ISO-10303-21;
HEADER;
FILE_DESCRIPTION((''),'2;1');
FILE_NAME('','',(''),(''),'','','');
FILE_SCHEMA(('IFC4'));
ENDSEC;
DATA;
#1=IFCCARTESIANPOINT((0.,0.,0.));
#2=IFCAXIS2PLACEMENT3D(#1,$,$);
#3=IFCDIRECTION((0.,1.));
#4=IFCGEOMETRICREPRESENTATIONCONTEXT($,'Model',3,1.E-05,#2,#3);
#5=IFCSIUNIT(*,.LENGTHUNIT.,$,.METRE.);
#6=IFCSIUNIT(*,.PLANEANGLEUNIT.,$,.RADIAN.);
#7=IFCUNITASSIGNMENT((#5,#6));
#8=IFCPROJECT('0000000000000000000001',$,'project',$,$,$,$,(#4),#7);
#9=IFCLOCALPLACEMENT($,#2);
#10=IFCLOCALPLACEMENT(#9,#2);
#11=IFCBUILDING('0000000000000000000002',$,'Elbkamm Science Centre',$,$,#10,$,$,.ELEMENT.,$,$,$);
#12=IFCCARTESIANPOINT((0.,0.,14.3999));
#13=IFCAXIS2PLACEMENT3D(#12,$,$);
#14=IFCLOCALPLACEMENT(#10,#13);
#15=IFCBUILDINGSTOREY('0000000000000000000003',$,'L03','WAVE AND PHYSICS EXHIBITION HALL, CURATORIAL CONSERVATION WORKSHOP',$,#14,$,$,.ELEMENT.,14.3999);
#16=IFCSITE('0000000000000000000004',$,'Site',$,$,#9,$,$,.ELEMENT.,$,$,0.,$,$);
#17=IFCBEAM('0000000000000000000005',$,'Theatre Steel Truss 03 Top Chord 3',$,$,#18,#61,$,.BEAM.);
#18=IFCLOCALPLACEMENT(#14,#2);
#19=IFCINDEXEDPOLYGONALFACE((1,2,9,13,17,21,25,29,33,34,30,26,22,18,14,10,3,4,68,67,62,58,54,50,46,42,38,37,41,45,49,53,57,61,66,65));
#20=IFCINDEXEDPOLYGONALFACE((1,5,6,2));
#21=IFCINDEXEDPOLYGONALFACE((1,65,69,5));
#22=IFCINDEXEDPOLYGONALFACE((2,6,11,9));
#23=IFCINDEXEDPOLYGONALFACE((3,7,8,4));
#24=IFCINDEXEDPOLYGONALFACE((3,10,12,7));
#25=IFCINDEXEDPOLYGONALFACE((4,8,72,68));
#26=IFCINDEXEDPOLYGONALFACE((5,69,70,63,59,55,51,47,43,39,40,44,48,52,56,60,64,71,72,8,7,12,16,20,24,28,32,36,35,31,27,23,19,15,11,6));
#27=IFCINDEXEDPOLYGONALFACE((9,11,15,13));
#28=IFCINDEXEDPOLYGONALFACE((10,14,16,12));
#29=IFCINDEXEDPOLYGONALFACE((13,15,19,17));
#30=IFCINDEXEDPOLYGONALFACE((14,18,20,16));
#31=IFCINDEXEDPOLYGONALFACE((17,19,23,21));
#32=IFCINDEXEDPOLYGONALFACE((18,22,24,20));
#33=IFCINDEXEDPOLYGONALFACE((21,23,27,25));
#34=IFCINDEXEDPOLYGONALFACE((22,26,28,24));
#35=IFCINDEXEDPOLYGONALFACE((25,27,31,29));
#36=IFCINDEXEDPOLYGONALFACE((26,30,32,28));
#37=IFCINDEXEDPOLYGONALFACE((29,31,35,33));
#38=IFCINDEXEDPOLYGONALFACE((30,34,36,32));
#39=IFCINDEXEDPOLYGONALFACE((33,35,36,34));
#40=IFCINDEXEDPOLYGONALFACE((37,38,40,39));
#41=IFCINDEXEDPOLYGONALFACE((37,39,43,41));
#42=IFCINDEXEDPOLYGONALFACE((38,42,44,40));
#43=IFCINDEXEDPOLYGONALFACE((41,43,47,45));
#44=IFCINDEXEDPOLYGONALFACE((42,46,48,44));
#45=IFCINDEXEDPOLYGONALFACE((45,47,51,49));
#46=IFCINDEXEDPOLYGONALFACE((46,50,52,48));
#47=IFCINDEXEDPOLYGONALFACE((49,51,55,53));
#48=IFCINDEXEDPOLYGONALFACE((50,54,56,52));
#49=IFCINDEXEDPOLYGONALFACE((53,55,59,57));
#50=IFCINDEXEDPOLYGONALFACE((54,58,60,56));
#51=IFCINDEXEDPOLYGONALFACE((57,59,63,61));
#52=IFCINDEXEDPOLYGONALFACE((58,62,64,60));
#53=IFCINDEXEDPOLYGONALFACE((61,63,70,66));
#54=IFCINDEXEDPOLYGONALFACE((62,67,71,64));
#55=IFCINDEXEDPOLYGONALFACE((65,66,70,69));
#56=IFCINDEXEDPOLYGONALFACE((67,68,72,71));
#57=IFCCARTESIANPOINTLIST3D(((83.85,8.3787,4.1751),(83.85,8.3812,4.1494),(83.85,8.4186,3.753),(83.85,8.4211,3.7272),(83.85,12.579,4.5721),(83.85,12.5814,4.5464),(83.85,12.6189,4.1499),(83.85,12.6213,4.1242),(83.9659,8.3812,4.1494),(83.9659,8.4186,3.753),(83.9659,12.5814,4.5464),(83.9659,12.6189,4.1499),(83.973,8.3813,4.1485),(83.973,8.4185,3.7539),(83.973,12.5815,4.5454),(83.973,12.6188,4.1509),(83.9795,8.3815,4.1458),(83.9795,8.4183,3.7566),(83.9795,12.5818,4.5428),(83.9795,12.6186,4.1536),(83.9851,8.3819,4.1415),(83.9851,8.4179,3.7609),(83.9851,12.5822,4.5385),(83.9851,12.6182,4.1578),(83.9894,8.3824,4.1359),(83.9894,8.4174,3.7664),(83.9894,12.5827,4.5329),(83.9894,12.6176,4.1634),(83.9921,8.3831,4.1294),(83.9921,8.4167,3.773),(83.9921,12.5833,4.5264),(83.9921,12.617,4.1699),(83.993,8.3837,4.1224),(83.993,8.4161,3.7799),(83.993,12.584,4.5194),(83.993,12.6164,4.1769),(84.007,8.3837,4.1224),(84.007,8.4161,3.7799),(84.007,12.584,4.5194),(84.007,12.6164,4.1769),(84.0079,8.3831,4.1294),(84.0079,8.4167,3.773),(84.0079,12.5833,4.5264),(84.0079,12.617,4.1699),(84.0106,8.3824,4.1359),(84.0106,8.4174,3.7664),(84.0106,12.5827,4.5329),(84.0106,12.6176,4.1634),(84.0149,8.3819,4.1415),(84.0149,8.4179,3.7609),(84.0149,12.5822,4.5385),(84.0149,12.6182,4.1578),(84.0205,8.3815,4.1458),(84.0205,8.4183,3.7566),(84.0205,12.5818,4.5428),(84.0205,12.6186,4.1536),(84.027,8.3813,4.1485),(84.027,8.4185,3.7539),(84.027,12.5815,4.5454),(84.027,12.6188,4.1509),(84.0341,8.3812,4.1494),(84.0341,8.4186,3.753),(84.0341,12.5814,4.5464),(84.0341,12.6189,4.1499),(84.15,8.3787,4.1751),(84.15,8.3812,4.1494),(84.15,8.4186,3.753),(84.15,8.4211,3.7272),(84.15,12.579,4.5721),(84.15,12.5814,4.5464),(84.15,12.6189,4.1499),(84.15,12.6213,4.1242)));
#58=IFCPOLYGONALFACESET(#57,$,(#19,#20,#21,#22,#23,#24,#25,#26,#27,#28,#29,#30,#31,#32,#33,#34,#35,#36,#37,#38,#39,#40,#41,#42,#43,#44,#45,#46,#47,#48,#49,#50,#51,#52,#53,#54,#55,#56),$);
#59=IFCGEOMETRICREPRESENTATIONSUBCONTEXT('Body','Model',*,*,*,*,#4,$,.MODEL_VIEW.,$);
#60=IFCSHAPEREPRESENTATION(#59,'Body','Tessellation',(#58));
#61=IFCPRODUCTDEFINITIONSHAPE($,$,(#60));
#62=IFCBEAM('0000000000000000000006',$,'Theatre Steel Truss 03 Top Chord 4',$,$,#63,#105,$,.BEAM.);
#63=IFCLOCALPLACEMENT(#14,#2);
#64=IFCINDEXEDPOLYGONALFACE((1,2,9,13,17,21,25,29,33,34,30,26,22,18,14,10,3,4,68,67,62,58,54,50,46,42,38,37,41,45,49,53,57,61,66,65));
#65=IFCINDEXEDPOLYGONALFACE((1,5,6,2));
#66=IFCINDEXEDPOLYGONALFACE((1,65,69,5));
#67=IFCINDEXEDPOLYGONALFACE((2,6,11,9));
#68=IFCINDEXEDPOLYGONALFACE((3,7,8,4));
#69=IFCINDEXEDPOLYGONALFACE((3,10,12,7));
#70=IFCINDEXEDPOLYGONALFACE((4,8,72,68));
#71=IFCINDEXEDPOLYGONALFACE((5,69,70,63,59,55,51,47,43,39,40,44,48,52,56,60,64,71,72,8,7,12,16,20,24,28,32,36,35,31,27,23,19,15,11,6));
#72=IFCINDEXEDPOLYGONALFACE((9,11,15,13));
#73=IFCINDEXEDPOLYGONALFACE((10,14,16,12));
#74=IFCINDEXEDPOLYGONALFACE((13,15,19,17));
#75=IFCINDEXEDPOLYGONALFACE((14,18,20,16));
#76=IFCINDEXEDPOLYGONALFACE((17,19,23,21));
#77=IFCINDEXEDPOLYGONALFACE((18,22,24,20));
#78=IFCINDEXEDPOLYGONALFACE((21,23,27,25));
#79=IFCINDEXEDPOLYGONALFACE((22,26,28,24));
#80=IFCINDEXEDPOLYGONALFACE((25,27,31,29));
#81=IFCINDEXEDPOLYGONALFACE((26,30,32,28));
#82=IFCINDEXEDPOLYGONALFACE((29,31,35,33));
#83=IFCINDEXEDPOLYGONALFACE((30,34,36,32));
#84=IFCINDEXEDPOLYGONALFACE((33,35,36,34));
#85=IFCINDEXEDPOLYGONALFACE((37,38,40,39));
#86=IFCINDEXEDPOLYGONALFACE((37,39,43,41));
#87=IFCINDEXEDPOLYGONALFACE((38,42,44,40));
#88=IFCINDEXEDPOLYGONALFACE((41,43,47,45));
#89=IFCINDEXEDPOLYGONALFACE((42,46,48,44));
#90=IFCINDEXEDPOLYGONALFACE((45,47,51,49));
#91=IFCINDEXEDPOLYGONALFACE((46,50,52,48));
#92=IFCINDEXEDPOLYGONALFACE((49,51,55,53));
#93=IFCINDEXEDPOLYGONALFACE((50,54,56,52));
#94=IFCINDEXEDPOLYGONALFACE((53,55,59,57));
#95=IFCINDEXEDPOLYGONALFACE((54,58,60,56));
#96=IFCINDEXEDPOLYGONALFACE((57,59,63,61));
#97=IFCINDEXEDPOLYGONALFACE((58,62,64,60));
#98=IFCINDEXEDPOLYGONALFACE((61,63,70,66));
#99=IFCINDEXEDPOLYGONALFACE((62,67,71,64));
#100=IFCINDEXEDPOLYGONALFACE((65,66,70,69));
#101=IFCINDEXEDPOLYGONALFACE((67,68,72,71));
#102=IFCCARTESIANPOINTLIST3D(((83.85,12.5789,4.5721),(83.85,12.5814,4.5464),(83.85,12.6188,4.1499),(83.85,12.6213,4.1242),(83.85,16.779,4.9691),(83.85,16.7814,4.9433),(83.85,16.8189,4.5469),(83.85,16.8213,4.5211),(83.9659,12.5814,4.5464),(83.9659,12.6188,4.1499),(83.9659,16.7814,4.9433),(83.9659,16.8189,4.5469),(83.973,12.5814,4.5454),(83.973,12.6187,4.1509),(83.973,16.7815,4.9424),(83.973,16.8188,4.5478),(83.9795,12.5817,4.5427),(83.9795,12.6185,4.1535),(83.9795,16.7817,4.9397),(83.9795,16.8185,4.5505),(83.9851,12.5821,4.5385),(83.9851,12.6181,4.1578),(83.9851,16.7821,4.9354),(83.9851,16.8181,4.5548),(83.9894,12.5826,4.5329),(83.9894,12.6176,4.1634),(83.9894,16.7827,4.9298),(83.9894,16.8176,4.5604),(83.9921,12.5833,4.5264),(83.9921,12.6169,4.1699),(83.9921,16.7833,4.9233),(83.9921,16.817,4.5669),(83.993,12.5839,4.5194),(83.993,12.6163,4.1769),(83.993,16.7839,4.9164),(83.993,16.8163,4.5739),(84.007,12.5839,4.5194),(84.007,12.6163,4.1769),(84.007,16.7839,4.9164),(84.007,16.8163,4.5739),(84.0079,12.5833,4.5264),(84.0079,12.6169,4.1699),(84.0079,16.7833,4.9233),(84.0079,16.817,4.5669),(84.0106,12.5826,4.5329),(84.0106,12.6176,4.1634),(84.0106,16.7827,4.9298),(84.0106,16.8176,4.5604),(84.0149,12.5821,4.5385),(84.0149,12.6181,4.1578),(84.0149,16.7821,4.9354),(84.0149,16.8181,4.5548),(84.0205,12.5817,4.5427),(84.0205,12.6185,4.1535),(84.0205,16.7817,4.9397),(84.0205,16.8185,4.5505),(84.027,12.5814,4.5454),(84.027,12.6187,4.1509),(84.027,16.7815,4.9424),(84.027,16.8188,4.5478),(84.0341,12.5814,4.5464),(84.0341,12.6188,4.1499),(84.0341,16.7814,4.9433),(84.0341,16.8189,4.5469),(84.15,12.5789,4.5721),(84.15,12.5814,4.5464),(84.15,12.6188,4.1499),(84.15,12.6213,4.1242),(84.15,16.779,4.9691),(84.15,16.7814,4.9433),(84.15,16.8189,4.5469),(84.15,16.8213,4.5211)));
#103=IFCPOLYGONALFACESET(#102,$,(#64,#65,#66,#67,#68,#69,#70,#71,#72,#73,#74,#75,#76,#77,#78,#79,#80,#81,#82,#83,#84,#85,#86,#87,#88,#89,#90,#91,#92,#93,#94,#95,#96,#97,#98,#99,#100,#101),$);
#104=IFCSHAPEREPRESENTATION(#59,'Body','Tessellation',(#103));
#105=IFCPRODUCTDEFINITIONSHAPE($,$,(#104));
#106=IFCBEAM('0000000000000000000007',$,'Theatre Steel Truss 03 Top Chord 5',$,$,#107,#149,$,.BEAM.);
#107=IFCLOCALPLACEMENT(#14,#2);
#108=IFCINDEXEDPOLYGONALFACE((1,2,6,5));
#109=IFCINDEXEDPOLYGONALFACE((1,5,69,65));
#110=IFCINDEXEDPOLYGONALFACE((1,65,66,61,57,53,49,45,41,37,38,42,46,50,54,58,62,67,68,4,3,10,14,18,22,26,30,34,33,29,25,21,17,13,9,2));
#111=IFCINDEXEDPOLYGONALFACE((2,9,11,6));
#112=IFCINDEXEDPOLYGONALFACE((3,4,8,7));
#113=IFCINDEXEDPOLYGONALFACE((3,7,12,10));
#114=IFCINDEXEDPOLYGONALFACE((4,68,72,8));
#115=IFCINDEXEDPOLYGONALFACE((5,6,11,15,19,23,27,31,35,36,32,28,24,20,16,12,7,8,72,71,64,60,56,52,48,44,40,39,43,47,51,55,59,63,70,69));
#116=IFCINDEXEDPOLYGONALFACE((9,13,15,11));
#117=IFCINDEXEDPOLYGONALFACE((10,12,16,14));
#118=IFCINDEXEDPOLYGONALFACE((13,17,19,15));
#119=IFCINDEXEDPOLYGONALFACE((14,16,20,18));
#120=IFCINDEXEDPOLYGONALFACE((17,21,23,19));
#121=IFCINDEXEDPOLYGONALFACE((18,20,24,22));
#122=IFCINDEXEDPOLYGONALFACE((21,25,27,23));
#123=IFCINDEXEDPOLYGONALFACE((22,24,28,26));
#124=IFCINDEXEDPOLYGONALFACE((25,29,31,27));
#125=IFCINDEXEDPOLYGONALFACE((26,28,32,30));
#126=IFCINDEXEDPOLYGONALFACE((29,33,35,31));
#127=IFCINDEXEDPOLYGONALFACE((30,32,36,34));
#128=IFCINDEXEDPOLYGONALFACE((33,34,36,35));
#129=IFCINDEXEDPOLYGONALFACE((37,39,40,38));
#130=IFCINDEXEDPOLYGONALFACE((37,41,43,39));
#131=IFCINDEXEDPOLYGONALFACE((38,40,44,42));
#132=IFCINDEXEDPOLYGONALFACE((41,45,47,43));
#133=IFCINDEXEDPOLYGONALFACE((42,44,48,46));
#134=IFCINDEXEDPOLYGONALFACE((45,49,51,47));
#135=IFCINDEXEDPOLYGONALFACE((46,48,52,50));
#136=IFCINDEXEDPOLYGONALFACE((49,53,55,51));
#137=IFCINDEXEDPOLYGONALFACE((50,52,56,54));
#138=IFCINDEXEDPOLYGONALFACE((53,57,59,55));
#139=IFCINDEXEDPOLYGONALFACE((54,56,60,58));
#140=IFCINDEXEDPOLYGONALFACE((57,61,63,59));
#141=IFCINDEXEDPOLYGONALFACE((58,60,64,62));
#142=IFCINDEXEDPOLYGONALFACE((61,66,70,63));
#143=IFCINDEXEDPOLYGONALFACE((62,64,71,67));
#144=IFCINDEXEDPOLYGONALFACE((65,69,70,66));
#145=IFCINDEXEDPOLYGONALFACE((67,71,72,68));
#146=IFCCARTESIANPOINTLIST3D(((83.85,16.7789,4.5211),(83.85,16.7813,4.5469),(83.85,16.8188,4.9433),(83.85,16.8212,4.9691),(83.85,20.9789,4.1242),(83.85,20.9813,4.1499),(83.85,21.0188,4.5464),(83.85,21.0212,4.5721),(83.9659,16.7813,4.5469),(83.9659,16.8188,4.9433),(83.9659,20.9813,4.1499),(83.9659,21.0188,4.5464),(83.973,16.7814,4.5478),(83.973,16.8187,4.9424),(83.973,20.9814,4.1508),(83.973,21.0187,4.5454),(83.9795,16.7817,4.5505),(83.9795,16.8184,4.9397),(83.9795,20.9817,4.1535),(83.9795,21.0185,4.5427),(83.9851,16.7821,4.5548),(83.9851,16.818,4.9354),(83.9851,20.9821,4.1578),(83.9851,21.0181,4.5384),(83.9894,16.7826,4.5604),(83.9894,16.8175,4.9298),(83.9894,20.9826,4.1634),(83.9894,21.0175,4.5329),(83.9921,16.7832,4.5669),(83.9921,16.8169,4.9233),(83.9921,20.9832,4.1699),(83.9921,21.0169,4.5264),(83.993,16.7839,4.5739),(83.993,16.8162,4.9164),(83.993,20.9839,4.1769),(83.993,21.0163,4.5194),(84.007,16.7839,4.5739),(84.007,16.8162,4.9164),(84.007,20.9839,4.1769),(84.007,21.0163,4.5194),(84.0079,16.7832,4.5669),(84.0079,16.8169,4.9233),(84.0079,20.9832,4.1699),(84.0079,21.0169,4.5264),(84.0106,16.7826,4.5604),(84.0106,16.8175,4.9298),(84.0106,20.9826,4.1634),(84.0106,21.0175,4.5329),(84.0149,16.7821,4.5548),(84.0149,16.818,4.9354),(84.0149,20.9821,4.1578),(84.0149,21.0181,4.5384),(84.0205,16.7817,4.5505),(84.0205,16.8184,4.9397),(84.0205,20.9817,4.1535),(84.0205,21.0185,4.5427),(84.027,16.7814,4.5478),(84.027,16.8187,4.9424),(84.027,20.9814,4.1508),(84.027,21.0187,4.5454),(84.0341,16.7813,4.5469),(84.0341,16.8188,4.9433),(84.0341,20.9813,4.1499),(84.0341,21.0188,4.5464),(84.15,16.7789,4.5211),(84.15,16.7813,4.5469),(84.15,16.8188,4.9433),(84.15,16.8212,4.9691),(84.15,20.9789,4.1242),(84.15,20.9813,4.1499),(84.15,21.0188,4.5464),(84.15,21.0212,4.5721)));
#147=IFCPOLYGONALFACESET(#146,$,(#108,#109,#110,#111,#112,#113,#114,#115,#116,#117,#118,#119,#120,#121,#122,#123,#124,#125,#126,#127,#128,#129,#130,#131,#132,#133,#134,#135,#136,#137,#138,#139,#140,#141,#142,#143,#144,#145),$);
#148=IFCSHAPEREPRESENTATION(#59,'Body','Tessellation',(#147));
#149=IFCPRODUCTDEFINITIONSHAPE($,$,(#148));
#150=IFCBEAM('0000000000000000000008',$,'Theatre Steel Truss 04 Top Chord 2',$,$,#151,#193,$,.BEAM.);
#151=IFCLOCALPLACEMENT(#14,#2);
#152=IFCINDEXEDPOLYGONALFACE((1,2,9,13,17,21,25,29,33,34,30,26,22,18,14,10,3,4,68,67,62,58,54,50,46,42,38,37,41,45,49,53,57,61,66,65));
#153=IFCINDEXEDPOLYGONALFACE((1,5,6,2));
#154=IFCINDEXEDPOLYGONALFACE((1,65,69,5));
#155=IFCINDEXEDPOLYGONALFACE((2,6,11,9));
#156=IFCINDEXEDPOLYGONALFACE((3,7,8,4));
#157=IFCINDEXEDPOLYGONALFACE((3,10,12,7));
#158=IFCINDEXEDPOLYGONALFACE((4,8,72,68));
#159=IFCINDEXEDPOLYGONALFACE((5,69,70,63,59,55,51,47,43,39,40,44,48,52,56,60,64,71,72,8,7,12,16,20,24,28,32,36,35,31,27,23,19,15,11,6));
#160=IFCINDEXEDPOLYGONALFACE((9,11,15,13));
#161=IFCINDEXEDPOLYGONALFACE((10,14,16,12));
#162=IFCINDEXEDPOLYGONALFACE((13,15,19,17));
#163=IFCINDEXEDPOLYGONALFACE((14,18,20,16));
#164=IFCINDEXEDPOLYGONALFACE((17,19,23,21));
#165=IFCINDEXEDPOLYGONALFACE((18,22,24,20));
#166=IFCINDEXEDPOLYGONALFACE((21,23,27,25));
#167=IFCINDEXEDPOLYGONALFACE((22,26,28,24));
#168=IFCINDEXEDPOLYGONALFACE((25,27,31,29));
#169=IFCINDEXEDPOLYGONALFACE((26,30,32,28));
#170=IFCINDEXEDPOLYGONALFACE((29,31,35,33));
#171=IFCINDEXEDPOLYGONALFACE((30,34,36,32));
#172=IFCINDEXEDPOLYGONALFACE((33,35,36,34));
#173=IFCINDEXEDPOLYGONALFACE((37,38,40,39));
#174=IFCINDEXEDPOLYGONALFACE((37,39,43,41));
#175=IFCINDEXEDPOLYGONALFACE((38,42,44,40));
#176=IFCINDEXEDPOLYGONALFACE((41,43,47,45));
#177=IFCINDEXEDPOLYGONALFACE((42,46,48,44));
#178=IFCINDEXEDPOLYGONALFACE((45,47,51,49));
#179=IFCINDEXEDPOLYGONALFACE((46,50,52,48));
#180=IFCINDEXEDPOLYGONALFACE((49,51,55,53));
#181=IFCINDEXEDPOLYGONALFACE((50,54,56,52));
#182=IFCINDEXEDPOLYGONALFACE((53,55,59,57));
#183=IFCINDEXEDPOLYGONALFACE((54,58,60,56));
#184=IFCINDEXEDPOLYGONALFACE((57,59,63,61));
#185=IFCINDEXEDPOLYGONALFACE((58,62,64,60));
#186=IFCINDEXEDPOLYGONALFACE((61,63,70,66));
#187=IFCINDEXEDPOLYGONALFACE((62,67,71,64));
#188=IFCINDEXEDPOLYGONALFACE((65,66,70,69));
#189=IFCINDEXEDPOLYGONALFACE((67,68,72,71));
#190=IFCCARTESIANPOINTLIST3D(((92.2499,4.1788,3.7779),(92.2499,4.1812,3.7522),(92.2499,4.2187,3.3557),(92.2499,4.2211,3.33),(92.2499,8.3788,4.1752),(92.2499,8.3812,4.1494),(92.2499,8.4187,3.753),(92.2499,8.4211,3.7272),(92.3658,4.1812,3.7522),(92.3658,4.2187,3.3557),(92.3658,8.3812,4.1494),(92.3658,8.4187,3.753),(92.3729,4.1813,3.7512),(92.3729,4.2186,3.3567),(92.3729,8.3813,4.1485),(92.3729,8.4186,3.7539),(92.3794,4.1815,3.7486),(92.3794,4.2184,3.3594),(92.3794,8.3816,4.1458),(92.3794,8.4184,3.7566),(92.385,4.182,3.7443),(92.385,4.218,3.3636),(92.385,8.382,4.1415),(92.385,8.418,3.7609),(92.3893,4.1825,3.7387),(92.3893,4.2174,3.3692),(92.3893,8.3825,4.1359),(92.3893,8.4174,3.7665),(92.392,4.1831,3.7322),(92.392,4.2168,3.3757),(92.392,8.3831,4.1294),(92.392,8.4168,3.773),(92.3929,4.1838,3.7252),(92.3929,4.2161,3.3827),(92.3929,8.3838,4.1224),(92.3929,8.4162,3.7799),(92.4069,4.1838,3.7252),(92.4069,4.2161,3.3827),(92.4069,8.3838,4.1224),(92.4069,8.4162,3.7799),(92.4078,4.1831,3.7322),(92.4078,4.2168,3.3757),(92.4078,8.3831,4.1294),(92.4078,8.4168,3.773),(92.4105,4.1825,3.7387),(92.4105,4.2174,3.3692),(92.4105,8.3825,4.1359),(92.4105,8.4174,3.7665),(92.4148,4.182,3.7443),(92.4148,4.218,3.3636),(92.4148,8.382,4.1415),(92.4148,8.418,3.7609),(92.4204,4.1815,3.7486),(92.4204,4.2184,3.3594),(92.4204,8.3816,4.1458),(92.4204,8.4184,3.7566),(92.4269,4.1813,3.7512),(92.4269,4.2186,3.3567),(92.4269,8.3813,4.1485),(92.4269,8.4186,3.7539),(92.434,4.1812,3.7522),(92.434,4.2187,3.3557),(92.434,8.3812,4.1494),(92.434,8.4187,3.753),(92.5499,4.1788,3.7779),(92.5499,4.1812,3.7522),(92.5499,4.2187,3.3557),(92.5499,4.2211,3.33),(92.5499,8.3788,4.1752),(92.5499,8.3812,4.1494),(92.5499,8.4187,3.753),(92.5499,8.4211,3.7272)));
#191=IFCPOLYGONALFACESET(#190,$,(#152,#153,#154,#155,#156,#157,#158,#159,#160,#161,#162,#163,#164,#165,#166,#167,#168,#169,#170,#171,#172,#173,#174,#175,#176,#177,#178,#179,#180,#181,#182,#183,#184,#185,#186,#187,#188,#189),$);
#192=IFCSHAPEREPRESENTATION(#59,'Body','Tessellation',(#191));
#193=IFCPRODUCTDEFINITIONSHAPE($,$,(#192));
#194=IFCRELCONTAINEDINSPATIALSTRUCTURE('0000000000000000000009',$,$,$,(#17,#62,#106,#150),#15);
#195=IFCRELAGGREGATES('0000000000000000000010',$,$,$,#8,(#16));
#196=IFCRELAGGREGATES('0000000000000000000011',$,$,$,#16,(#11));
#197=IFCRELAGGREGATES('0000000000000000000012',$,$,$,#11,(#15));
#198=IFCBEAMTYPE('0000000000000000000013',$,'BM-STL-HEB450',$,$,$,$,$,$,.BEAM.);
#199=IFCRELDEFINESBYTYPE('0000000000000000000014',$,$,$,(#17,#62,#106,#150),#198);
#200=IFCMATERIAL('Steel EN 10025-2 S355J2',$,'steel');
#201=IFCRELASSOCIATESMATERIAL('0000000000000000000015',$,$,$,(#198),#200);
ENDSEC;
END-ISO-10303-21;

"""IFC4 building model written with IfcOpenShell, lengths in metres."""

from ifc_helpers import new_model, si_unit, direction, frame, origin, origin_2d, place, context, subcontext, project, spatial, i_section, extrude, material, material_profile, profile_set, type_object, element, save


model = new_model("IFC4")

# Units and contexts
model_context = context("Model", 3, precision=1e-05, world=origin(), true_north=direction((0.0, 1.0)))
body_context = subcontext(model_context, "Body", "Model", "MODEL_VIEW")
ifc_project = project(units=[si_unit("LENGTHUNIT", "METRE"), si_unit("PLANEANGLEUNIT", "RADIAN")], contexts=[model_context])

# Site, building, storey
site_placement = place(None, origin())
site = spatial("IfcSite", under=ifc_project, at=site_placement, Name="Site", CompositionType="ELEMENT", RefElevation=0.0)
building_placement = place(site_placement, origin())
building = spatial("IfcBuilding", under=site, at=building_placement, Name="Elbkamm Science Centre", CompositionType="ELEMENT")
storey_placement = place(building_placement, frame((0.0, 0.0, 14.3999)))
storey = spatial("IfcBuildingStorey", under=building, at=storey_placement, Name="L03", Description="WAVE AND PHYSICS EXHIBITION HALL, CURATORIAL CONSERVATION WORKSHOP", CompositionType="ELEMENT", Elevation=14.3999)

# Beams
ifc_material = material(Name="Steel EN 10025-2 S355J2", Category="steel")
ifc_material_profile_1 = material_profile(ifc_material, i_section(OverallWidth=0.3, OverallDepth=0.45, WebThickness=0.0139, FlangeThickness=0.0259, FilletRadius=0.0271, at=origin_2d()), Name="HEB 450")
ifc_profile_set_1 = profile_set([ifc_material_profile_1], Name="Steel EN 10025-2 S355J2")
beam_type = type_object("IfcBeamType", Name="BM-STL-HEB450", PredefinedType="BEAM", material=ifc_profile_set_1)
beam_placement = place(storey_placement, frame((84.0, 8.3999, 3.9512), z_axis=(0.0, 0.995563, 0.094094), x_axis=(-1.0, 0.0, 0.0)))
element("IfcBeam", 1, at=beam_placement, inside=storey, type_object=beam_type, Name="Theatre Steel Truss 03 Top Chord 3", PredefinedType="BEAM", context=body_context, shape_type="SweptSolid", body=[
    extrude(i_section(OverallWidth=0.3, OverallDepth=0.45, WebThickness=0.0139, FlangeThickness=0.0259, FilletRadius=0.0271, at=origin_2d()), origin(), (0.0, 0.0, 1.0), 4.219),
])
for number, where, z_axis, x_axis, name in (
    (2, (84.0, 12.6001, 4.3481), (0.0, 0.995563, 0.094099), (-1.0, 0.0, 0.0), "Theatre Steel Truss 03 Top Chord 4"),
    (3, (84.0, 16.8, 4.7451), (0.0, 0.995563, -0.094099), (-1.0, 0.0, 0.0), "Theatre Steel Truss 03 Top Chord 5"),
    (4, (92.3999, 4.2, 3.554), (0.0, 0.995557, 0.094156), (-1.0, 0.0, 0.0), "Theatre Steel Truss 04 Top Chord 2"),
):
    element("IfcBeam", number, at=place(storey_placement, frame(where, z_axis=z_axis, x_axis=x_axis)), inside=storey, type_object=beam_type, Name=name, PredefinedType="BEAM", context=body_context, shape_type="SweptSolid", body=[
        extrude(i_section(OverallWidth=0.3, OverallDepth=0.45, WebThickness=0.0139, FlangeThickness=0.0259, FilletRadius=0.0271, at=origin_2d()), origin(), (0.0, 0.0, 1.0), 4.2188),
    ])

save(model, "model.ifc")
